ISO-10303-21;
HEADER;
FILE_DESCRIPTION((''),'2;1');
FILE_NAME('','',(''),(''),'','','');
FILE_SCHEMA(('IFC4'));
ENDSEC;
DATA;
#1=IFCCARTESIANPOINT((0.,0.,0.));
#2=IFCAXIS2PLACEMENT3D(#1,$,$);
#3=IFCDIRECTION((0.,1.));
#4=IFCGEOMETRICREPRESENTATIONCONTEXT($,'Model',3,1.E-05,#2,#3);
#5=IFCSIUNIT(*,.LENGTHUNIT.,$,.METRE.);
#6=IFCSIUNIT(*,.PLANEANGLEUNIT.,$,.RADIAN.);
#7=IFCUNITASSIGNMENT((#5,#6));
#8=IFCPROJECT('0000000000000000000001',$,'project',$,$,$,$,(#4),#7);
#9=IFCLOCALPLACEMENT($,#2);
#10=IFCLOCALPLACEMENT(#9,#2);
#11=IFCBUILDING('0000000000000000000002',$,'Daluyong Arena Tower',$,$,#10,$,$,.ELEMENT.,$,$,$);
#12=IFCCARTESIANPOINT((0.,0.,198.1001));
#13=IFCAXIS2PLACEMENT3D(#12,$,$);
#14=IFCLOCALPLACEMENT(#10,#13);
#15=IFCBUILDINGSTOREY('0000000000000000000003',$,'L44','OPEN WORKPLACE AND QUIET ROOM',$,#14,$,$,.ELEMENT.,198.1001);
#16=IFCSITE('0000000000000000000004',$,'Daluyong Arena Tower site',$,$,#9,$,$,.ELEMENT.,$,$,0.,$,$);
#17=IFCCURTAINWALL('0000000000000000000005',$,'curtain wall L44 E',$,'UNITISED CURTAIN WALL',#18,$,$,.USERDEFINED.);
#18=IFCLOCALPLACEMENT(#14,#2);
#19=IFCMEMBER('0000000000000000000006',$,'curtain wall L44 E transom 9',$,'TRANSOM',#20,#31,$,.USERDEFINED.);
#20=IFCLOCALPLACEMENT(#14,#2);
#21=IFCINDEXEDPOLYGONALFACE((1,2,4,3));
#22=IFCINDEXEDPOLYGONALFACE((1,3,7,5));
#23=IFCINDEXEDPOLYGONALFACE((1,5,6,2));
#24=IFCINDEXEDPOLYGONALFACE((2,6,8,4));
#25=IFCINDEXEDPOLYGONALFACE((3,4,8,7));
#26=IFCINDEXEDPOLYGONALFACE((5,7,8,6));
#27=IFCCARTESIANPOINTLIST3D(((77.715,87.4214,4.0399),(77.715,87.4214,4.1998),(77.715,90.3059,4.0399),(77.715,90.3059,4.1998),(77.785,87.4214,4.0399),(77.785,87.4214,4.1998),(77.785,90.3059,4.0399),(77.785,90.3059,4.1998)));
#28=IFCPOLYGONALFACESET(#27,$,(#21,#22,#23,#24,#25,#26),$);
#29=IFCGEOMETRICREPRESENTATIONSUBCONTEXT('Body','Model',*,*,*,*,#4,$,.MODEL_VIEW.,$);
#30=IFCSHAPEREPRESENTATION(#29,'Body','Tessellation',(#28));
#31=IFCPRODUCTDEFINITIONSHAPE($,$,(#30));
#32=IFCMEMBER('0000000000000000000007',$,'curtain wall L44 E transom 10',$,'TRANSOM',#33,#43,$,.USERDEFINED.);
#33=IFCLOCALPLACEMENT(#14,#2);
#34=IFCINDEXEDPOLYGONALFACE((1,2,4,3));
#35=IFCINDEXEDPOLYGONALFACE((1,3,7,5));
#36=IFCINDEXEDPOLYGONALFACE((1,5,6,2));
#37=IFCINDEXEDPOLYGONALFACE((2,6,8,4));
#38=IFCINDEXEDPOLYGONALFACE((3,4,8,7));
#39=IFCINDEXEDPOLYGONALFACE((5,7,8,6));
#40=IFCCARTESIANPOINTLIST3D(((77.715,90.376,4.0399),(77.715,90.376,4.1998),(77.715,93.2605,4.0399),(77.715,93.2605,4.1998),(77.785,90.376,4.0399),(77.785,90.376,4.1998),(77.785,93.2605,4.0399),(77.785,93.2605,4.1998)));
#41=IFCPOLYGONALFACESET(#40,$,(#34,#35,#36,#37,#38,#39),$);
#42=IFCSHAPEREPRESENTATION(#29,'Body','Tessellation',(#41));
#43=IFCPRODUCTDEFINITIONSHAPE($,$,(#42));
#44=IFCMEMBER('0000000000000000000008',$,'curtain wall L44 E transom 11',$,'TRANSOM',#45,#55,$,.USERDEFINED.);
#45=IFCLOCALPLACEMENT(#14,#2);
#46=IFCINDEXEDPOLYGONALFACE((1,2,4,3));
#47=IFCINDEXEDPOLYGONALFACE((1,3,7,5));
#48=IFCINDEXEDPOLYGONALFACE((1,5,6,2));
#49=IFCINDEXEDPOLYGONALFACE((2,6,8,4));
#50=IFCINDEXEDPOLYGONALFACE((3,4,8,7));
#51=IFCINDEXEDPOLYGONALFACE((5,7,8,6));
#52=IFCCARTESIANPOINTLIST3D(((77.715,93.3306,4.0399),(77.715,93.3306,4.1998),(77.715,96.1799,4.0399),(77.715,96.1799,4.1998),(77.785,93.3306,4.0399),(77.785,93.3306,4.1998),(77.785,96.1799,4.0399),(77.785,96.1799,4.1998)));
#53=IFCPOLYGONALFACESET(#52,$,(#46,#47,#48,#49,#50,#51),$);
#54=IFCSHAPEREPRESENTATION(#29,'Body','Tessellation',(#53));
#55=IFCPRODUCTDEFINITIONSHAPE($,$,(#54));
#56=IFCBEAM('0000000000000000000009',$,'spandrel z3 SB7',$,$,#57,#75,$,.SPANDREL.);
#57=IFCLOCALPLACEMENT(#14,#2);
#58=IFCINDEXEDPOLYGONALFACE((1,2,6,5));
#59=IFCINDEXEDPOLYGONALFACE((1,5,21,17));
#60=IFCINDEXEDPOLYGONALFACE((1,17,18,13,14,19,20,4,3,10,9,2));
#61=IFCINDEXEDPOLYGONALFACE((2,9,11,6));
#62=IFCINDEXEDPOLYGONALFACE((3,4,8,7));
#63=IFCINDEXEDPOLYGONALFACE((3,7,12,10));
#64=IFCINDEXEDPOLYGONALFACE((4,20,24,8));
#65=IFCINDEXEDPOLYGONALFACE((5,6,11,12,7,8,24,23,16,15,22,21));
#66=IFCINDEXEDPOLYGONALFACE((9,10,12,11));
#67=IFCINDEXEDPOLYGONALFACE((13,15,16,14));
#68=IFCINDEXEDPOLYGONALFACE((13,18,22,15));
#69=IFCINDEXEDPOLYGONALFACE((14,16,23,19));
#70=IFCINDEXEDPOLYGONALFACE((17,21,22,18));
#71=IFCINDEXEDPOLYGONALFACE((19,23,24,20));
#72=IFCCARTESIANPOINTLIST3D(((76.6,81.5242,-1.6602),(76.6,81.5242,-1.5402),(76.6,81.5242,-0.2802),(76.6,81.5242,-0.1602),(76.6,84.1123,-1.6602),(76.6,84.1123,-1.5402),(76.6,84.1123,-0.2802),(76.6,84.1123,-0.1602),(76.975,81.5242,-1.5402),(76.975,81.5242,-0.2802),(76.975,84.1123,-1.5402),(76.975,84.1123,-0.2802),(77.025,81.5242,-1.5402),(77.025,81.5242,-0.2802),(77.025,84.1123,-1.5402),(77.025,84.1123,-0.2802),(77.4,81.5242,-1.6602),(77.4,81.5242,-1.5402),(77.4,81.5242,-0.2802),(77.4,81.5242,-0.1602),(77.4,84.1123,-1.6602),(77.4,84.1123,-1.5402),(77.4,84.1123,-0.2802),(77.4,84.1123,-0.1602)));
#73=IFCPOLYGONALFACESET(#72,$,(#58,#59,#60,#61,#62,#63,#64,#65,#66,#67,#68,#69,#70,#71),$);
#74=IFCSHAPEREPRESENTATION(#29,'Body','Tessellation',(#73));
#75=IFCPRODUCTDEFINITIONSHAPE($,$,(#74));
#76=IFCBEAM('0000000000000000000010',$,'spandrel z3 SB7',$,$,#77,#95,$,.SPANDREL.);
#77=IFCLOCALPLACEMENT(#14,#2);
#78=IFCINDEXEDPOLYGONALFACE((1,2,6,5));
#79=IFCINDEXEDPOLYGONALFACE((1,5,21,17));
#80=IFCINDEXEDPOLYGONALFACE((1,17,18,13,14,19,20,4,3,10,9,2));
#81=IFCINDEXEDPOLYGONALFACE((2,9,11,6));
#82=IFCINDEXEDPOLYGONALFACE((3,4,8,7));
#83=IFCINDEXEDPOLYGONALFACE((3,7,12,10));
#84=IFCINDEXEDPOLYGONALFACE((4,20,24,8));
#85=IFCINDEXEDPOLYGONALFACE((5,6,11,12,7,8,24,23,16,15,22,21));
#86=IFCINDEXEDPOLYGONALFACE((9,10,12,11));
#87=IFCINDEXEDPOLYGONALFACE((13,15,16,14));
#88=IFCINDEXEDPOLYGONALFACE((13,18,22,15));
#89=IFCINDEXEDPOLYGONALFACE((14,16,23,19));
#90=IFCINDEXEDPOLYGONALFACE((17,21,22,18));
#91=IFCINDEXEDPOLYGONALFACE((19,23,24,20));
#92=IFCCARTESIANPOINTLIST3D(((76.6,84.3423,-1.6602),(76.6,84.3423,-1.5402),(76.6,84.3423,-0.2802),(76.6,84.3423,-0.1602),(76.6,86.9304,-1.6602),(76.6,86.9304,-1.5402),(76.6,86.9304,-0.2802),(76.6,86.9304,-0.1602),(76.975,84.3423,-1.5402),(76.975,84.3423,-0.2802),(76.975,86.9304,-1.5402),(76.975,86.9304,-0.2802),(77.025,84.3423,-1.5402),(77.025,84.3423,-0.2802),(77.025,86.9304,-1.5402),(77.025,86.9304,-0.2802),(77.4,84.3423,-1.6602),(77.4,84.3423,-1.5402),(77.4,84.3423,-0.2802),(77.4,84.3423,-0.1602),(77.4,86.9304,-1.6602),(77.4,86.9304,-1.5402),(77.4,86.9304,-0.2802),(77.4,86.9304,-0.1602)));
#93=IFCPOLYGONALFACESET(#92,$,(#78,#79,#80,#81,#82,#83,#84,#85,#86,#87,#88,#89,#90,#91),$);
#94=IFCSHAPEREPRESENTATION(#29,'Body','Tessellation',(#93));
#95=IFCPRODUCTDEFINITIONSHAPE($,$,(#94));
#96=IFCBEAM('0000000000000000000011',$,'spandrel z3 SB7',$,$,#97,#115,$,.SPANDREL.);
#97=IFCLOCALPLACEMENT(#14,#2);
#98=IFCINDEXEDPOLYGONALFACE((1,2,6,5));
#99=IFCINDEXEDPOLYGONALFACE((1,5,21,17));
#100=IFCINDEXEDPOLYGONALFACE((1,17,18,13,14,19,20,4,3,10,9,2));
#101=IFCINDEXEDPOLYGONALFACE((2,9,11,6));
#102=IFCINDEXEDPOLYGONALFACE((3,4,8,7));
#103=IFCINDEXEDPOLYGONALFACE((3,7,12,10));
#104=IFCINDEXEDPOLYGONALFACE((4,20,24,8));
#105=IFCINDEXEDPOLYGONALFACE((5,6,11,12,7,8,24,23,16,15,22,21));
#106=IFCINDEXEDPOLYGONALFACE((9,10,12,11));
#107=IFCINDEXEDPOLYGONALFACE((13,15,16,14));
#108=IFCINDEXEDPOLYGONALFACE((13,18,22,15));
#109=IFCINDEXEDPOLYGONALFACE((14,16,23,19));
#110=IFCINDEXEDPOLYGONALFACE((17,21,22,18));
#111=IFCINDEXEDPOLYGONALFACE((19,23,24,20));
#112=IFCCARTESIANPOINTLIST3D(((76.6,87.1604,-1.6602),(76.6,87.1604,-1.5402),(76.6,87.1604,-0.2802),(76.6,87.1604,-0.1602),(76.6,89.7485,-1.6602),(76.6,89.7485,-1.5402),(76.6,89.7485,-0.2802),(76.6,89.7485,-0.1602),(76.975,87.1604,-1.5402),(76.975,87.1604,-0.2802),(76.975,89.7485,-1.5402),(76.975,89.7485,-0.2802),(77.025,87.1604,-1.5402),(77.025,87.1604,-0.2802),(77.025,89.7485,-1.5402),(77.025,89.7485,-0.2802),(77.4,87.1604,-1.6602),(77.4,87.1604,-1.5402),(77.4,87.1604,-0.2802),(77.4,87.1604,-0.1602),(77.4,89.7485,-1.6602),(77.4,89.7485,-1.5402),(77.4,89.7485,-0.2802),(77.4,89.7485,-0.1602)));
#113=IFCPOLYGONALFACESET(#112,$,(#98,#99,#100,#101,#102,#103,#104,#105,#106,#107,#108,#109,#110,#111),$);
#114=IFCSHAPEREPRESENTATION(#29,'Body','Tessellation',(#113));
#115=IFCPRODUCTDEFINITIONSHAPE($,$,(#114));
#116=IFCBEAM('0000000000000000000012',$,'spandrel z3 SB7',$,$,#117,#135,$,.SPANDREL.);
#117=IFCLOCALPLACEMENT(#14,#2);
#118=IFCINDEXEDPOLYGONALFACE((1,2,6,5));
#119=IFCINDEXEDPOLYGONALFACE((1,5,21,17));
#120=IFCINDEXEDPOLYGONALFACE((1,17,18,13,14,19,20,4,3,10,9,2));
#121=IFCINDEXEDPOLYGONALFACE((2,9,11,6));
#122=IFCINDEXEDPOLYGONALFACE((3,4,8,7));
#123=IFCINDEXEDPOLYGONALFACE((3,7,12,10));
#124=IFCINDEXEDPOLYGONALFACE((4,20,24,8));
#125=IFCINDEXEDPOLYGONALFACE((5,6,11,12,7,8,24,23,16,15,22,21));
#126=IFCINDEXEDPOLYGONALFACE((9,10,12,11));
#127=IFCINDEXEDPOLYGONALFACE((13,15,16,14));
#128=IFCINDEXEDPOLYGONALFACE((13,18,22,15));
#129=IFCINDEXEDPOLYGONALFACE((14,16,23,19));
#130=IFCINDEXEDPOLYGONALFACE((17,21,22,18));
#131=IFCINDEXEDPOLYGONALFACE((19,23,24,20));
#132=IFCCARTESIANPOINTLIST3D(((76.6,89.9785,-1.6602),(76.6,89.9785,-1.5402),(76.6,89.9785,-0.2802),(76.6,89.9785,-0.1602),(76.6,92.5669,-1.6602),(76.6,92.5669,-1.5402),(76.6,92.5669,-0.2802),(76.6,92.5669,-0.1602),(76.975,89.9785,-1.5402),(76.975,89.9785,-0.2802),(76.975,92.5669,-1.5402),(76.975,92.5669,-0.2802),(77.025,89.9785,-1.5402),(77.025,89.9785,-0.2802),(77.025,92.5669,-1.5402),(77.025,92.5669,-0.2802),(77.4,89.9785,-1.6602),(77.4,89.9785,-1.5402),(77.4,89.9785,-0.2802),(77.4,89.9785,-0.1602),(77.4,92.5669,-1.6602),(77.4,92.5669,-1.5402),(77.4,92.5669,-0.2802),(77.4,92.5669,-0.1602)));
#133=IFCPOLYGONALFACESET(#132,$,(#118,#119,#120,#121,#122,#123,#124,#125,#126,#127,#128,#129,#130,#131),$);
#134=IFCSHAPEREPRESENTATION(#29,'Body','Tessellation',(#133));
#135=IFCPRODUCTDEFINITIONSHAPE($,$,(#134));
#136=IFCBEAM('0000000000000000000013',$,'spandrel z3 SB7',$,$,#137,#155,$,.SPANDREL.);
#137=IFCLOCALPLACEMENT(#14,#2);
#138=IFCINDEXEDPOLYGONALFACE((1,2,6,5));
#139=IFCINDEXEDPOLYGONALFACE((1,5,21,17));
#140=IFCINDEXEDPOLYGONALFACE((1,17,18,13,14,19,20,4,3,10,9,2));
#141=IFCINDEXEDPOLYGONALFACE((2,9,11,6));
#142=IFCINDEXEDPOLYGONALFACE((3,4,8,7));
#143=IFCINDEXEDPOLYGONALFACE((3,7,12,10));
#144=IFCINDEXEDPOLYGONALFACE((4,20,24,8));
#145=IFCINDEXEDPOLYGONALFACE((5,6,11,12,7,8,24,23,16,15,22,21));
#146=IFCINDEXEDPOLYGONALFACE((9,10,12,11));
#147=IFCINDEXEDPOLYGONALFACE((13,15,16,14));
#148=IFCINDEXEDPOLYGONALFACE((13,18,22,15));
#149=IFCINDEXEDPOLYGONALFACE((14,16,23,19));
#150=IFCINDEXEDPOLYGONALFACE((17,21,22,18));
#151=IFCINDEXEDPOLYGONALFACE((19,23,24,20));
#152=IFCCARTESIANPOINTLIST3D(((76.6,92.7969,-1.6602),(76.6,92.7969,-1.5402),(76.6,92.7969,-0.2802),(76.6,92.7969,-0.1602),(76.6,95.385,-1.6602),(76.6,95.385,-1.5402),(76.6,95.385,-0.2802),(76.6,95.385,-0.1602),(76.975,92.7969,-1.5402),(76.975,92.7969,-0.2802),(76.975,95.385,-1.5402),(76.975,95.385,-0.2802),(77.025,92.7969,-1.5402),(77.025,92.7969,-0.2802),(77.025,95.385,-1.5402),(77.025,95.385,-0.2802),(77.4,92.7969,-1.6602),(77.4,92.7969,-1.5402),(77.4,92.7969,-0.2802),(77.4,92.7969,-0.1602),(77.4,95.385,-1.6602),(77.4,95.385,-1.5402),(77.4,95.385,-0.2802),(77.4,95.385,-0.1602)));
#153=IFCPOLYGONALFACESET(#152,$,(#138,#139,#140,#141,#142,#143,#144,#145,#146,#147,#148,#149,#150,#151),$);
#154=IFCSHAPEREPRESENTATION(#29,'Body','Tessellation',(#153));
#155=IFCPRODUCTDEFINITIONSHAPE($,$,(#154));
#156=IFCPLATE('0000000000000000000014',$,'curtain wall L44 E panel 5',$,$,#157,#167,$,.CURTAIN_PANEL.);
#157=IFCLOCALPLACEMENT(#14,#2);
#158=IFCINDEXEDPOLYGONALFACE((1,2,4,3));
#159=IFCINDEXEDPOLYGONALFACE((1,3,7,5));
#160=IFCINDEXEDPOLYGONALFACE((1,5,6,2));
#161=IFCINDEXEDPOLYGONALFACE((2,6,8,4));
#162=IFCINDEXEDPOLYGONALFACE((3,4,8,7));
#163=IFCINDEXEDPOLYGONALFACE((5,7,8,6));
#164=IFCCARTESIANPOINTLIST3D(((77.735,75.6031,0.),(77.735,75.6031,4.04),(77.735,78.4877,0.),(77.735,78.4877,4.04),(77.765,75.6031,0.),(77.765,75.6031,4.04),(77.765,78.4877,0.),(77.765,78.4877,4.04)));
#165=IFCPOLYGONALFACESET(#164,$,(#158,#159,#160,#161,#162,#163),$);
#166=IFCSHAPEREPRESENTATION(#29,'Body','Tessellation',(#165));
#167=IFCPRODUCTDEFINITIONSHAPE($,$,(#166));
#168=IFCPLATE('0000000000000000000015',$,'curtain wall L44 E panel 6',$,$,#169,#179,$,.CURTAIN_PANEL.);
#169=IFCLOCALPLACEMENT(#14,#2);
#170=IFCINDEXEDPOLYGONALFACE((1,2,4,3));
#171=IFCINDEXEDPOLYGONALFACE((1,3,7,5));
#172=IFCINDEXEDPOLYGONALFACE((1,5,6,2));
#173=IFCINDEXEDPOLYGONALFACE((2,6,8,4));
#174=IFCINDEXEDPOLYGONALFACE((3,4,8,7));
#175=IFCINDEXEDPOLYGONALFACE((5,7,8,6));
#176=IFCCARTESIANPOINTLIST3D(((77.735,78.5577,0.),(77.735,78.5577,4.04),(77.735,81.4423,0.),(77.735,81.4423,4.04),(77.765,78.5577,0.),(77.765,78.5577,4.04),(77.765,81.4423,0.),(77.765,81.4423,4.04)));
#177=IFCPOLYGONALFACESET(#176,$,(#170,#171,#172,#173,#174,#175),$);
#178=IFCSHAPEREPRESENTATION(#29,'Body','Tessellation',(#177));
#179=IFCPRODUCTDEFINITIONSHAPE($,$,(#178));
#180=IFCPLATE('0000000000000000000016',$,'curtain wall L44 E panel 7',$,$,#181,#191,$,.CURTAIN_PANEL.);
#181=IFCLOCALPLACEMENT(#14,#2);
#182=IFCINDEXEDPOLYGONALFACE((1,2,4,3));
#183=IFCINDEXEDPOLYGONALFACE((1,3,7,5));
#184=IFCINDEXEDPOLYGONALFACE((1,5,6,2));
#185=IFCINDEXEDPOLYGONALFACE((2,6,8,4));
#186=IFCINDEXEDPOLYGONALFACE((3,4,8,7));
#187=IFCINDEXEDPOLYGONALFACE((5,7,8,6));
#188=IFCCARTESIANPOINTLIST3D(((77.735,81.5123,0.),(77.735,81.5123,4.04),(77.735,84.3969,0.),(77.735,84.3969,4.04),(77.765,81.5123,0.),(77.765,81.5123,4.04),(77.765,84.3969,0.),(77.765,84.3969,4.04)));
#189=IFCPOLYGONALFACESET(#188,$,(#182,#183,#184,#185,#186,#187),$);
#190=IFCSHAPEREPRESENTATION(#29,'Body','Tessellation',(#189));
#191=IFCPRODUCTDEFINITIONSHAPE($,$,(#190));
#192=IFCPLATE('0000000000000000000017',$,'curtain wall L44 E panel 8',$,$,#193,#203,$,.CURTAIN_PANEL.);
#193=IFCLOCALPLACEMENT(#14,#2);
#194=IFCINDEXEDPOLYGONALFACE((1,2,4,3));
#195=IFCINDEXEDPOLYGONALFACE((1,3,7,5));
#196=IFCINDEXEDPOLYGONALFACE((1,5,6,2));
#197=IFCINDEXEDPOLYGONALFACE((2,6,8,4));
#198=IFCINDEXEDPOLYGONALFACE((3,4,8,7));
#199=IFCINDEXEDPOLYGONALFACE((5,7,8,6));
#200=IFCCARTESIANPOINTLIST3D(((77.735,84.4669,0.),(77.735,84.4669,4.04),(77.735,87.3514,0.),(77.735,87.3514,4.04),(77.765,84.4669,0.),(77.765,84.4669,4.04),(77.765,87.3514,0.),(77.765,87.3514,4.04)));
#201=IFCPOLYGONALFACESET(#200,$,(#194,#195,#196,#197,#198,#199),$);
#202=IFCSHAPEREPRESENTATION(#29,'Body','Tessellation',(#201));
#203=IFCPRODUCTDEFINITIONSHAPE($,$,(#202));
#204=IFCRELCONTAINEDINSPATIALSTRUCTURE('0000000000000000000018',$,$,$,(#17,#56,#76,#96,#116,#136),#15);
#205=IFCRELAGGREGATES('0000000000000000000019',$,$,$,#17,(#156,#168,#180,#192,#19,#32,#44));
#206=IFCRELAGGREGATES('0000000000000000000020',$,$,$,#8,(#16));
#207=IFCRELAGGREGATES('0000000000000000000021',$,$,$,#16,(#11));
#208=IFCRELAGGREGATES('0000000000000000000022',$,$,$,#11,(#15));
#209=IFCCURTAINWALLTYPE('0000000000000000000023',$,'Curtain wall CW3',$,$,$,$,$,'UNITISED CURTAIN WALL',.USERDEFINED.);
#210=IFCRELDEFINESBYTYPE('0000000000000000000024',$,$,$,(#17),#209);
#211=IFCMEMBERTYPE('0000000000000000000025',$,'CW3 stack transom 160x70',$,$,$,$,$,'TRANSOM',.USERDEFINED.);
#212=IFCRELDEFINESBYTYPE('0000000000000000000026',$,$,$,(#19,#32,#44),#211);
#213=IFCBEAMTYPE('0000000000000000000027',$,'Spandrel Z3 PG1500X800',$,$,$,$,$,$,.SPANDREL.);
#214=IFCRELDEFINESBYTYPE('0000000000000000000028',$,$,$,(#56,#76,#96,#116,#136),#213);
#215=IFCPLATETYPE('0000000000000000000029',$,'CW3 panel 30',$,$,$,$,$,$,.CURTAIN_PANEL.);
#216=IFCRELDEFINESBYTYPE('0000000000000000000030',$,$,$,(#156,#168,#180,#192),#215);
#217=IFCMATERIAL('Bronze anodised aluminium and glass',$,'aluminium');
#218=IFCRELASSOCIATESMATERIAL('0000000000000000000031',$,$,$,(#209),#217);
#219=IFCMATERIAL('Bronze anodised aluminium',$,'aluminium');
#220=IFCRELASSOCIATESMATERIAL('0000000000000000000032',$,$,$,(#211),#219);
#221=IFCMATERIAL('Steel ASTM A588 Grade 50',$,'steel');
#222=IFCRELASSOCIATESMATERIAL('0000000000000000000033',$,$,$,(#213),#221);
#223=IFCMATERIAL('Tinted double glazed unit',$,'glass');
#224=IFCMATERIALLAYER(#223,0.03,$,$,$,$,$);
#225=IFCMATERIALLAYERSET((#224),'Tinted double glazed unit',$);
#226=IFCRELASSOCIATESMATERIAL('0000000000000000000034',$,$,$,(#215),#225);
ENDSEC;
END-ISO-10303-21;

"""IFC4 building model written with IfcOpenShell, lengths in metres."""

from ifc_helpers import new_model, si_unit, direction, frame, origin, origin_2d, place, context, subcontext, project, spatial, rectangle, i_section, extrude, material, layer, layer_set, material_profile, profile_set, type_object, element, aggregate, save


model = new_model("IFC4")

# Units and contexts
model_context = context("Model", 3, precision=1e-05, world=origin(), true_north=direction((0.0, 1.0)))
body_context = subcontext(model_context, "Body", "Model", "MODEL_VIEW")
ifc_project = project(units=[si_unit("LENGTHUNIT", "METRE"), si_unit("PLANEANGLEUNIT", "RADIAN")], contexts=[model_context])

# Site, building, storey
site_placement = place(None, origin())
site = spatial("IfcSite", under=ifc_project, at=site_placement, Name="Daluyong Arena Tower site", CompositionType="ELEMENT", RefElevation=0.0)
building_placement = place(site_placement, origin())
building = spatial("IfcBuilding", under=site, at=building_placement, Name="Daluyong Arena Tower", CompositionType="ELEMENT")
storey_placement = place(building_placement, frame((0.0, 0.0, 198.1001)))
storey = spatial("IfcBuildingStorey", under=building, at=storey_placement, Name="L44", Description="OPEN WORKPLACE AND QUIET ROOM", CompositionType="ELEMENT", Elevation=198.1001)

# Curtain wall, members
ifc_material_1 = material(Name="Bronze anodised aluminium and glass", Category="aluminium")
curtain_wall_type = type_object("IfcCurtainWallType", Name="Curtain wall CW3", ElementType="UNITISED CURTAIN WALL", PredefinedType="USERDEFINED", material=ifc_material_1)
curtain_wall_placement = place(storey_placement, origin())
curtain_wall = element("IfcCurtainWall", 1, at=curtain_wall_placement, inside=storey, type_object=curtain_wall_type, Name="curtain wall L44 E", ObjectType="UNITISED CURTAIN WALL", PredefinedType="USERDEFINED")
ifc_material_2 = material(Name="Bronze anodised aluminium", Category="aluminium")
ifc_material_profile_1 = material_profile(ifc_material_2, rectangle(XDim=0.0701, YDim=0.1599, at=origin_2d()))
ifc_profile_set_1 = profile_set([ifc_material_profile_1], Name="Bronze anodised aluminium")
member_type_1 = type_object("IfcMemberType", Name="CW3 stack transom 160x70", ElementType="TRANSOM", PredefinedType="USERDEFINED", material=ifc_profile_set_1)
member_1_placement = place(storey_placement, frame((77.75, 87.4214, 4.1199), z_axis=(0.0, 1.0, 0.0), x_axis=(-1.0, 0.0, 0.0)))
member_1 = element("IfcMember", 2, at=member_1_placement, type_object=member_type_1, Name="curtain wall L44 E transom 9", ObjectType="TRANSOM", PredefinedType="USERDEFINED", context=body_context, shape_type="SweptSolid", body=[
    extrude(rectangle(XDim=0.0701, YDim=0.1599, at=origin_2d()), origin(), (0.0, 0.0, 1.0), 2.8845),
])
member_2_placement = place(storey_placement, frame((77.75, 90.376, 4.1199), z_axis=(0.0, 1.0, 0.0), x_axis=(-1.0, 0.0, 0.0)))
member_2 = element("IfcMember", 3, at=member_2_placement, type_object=member_type_1, Name="curtain wall L44 E transom 10", ObjectType="TRANSOM", PredefinedType="USERDEFINED", context=body_context, shape_type="SweptSolid", body=[
    extrude(rectangle(XDim=0.0701, YDim=0.1599, at=origin_2d()), origin(), (0.0, 0.0, 1.0), 2.8845),
])
member_3_placement = place(storey_placement, frame((77.75, 93.3306, 4.1199), z_axis=(0.0, 1.0, 0.0), x_axis=(-1.0, 0.0, 0.0)))
member_3 = element("IfcMember", 4, at=member_3_placement, type_object=member_type_1, Name="curtain wall L44 E transom 11", ObjectType="TRANSOM", PredefinedType="USERDEFINED", context=body_context, shape_type="SweptSolid", body=[
    extrude(rectangle(XDim=0.0701, YDim=0.1599, at=origin_2d()), origin(), (0.0, 0.0, 1.0), 2.8494),
])

# Beams
ifc_material_3 = material(Name="Steel ASTM A588 Grade 50", Category="steel")
ifc_material_profile_2 = material_profile(ifc_material_3, i_section(OverallWidth=0.8, OverallDepth=1.5, WebThickness=0.05, FlangeThickness=0.12, at=origin_2d()))
ifc_profile_set_2 = profile_set([ifc_material_profile_2], Name="Steel ASTM A588 Grade 50")
beam_type = type_object("IfcBeamType", Name="Spandrel Z3 PG1500X800", PredefinedType="SPANDREL", material=ifc_profile_set_2)
for number, where, z_axis, x_axis, name in (
    (5, (77.0, 81.5242, -0.9102), (0.0, 1.0, 0.0), (-1.0, 0.0, 0.0), "spandrel z3 SB7"),
    (6, (77.0, 84.3423, -0.9102), (0.0, 1.0, 0.0), (-1.0, 0.0, 0.0), "spandrel z3 SB7"),
    (7, (77.0, 87.1604, -0.9102), (0.0, 1.0, 0.0), (-1.0, 0.0, 0.0), "spandrel z3 SB7"),
):
    element("IfcBeam", number, at=place(storey_placement, frame(where, z_axis=z_axis, x_axis=x_axis)), inside=storey, type_object=beam_type, Name=name, PredefinedType="SPANDREL", context=body_context, shape_type="SweptSolid", body=[
        extrude(i_section(OverallWidth=0.8, OverallDepth=1.5, WebThickness=0.05, FlangeThickness=0.12, at=origin_2d()), origin(), (0.0, 0.0, 1.0), 2.5881),
    ])
beam_1_placement = place(storey_placement, frame((77.0, 89.9785, -0.9102), z_axis=(0.0, 1.0, 0.0), x_axis=(-1.0, 0.0, 0.0)))
element("IfcBeam", 8, at=beam_1_placement, inside=storey, type_object=beam_type, Name="spandrel z3 SB7", PredefinedType="SPANDREL", context=body_context, shape_type="SweptSolid", body=[
    extrude(i_section(OverallWidth=0.8, OverallDepth=1.5, WebThickness=0.05, FlangeThickness=0.12, at=origin_2d()), origin(), (0.0, 0.0, 1.0), 2.5884),
])
beam_2_placement = place(storey_placement, frame((77.0, 92.7969, -0.9102), z_axis=(0.0, 1.0, 0.0), x_axis=(-1.0, 0.0, 0.0)))
element("IfcBeam", 9, at=beam_2_placement, inside=storey, type_object=beam_type, Name="spandrel z3 SB7", PredefinedType="SPANDREL", context=body_context, shape_type="SweptSolid", body=[
    extrude(i_section(OverallWidth=0.8, OverallDepth=1.5, WebThickness=0.05, FlangeThickness=0.12, at=origin_2d()), origin(), (0.0, 0.0, 1.0), 2.5881),
])

# Plates
ifc_material_4 = material(Name="Tinted double glazed unit", Category="glass")
ifc_layer = layer(ifc_material_4, 0.03)
ifc_layer_set = layer_set([ifc_layer], Name="Tinted double glazed unit")
plate_type = type_object("IfcPlateType", Name="CW3 panel 30", PredefinedType="CURTAIN_PANEL", material=ifc_layer_set)
plate_1_placement = place(storey_placement, frame((77.75, 77.0454, 0.0), z_axis=(0.0, 0.0, 1.0), x_axis=(0.0, 1.0, 0.0)))
plate_1 = element("IfcPlate", 10, at=plate_1_placement, type_object=plate_type, Name="curtain wall L44 E panel 5", PredefinedType="CURTAIN_PANEL", context=body_context, shape_type="SweptSolid", body=[
    extrude(rectangle(XDim=2.8845, YDim=0.03, at=origin_2d()), origin(), (0.0, 0.0, 1.0), 4.04),
])
plate_2_placement = place(storey_placement, frame((77.75, 80.0, 0.0), z_axis=(0.0, 0.0, 1.0), x_axis=(0.0, 1.0, 0.0)))
plate_2 = element("IfcPlate", 11, at=plate_2_placement, type_object=plate_type, Name="curtain wall L44 E panel 6", PredefinedType="CURTAIN_PANEL", context=body_context, shape_type="SweptSolid", body=[
    extrude(rectangle(XDim=2.8845, YDim=0.03, at=origin_2d()), origin(), (0.0, 0.0, 1.0), 4.04),
])
plate_3_placement = place(storey_placement, frame((77.75, 82.9546, 0.0), z_axis=(0.0, 0.0, 1.0), x_axis=(0.0, 1.0, 0.0)))
plate_3 = element("IfcPlate", 12, at=plate_3_placement, type_object=plate_type, Name="curtain wall L44 E panel 7", PredefinedType="CURTAIN_PANEL", context=body_context, shape_type="SweptSolid", body=[
    extrude(rectangle(XDim=2.8845, YDim=0.03, at=origin_2d()), origin(), (0.0, 0.0, 1.0), 4.04),
])
plate_4_placement = place(storey_placement, frame((77.75, 85.9092, 0.0), z_axis=(0.0, 0.0, 1.0), x_axis=(0.0, 1.0, 0.0)))
plate_4 = element("IfcPlate", 13, at=plate_4_placement, type_object=plate_type, Name="curtain wall L44 E panel 8", PredefinedType="CURTAIN_PANEL", context=body_context, shape_type="SweptSolid", body=[
    extrude(rectangle(XDim=2.8845, YDim=0.03, at=origin_2d()), origin(), (0.0, 0.0, 1.0), 4.04),
])
aggregate(curtain_wall, [plate_1, plate_2, plate_3, plate_4, member_1, member_2, member_3])

save(model, "model.ifc")
